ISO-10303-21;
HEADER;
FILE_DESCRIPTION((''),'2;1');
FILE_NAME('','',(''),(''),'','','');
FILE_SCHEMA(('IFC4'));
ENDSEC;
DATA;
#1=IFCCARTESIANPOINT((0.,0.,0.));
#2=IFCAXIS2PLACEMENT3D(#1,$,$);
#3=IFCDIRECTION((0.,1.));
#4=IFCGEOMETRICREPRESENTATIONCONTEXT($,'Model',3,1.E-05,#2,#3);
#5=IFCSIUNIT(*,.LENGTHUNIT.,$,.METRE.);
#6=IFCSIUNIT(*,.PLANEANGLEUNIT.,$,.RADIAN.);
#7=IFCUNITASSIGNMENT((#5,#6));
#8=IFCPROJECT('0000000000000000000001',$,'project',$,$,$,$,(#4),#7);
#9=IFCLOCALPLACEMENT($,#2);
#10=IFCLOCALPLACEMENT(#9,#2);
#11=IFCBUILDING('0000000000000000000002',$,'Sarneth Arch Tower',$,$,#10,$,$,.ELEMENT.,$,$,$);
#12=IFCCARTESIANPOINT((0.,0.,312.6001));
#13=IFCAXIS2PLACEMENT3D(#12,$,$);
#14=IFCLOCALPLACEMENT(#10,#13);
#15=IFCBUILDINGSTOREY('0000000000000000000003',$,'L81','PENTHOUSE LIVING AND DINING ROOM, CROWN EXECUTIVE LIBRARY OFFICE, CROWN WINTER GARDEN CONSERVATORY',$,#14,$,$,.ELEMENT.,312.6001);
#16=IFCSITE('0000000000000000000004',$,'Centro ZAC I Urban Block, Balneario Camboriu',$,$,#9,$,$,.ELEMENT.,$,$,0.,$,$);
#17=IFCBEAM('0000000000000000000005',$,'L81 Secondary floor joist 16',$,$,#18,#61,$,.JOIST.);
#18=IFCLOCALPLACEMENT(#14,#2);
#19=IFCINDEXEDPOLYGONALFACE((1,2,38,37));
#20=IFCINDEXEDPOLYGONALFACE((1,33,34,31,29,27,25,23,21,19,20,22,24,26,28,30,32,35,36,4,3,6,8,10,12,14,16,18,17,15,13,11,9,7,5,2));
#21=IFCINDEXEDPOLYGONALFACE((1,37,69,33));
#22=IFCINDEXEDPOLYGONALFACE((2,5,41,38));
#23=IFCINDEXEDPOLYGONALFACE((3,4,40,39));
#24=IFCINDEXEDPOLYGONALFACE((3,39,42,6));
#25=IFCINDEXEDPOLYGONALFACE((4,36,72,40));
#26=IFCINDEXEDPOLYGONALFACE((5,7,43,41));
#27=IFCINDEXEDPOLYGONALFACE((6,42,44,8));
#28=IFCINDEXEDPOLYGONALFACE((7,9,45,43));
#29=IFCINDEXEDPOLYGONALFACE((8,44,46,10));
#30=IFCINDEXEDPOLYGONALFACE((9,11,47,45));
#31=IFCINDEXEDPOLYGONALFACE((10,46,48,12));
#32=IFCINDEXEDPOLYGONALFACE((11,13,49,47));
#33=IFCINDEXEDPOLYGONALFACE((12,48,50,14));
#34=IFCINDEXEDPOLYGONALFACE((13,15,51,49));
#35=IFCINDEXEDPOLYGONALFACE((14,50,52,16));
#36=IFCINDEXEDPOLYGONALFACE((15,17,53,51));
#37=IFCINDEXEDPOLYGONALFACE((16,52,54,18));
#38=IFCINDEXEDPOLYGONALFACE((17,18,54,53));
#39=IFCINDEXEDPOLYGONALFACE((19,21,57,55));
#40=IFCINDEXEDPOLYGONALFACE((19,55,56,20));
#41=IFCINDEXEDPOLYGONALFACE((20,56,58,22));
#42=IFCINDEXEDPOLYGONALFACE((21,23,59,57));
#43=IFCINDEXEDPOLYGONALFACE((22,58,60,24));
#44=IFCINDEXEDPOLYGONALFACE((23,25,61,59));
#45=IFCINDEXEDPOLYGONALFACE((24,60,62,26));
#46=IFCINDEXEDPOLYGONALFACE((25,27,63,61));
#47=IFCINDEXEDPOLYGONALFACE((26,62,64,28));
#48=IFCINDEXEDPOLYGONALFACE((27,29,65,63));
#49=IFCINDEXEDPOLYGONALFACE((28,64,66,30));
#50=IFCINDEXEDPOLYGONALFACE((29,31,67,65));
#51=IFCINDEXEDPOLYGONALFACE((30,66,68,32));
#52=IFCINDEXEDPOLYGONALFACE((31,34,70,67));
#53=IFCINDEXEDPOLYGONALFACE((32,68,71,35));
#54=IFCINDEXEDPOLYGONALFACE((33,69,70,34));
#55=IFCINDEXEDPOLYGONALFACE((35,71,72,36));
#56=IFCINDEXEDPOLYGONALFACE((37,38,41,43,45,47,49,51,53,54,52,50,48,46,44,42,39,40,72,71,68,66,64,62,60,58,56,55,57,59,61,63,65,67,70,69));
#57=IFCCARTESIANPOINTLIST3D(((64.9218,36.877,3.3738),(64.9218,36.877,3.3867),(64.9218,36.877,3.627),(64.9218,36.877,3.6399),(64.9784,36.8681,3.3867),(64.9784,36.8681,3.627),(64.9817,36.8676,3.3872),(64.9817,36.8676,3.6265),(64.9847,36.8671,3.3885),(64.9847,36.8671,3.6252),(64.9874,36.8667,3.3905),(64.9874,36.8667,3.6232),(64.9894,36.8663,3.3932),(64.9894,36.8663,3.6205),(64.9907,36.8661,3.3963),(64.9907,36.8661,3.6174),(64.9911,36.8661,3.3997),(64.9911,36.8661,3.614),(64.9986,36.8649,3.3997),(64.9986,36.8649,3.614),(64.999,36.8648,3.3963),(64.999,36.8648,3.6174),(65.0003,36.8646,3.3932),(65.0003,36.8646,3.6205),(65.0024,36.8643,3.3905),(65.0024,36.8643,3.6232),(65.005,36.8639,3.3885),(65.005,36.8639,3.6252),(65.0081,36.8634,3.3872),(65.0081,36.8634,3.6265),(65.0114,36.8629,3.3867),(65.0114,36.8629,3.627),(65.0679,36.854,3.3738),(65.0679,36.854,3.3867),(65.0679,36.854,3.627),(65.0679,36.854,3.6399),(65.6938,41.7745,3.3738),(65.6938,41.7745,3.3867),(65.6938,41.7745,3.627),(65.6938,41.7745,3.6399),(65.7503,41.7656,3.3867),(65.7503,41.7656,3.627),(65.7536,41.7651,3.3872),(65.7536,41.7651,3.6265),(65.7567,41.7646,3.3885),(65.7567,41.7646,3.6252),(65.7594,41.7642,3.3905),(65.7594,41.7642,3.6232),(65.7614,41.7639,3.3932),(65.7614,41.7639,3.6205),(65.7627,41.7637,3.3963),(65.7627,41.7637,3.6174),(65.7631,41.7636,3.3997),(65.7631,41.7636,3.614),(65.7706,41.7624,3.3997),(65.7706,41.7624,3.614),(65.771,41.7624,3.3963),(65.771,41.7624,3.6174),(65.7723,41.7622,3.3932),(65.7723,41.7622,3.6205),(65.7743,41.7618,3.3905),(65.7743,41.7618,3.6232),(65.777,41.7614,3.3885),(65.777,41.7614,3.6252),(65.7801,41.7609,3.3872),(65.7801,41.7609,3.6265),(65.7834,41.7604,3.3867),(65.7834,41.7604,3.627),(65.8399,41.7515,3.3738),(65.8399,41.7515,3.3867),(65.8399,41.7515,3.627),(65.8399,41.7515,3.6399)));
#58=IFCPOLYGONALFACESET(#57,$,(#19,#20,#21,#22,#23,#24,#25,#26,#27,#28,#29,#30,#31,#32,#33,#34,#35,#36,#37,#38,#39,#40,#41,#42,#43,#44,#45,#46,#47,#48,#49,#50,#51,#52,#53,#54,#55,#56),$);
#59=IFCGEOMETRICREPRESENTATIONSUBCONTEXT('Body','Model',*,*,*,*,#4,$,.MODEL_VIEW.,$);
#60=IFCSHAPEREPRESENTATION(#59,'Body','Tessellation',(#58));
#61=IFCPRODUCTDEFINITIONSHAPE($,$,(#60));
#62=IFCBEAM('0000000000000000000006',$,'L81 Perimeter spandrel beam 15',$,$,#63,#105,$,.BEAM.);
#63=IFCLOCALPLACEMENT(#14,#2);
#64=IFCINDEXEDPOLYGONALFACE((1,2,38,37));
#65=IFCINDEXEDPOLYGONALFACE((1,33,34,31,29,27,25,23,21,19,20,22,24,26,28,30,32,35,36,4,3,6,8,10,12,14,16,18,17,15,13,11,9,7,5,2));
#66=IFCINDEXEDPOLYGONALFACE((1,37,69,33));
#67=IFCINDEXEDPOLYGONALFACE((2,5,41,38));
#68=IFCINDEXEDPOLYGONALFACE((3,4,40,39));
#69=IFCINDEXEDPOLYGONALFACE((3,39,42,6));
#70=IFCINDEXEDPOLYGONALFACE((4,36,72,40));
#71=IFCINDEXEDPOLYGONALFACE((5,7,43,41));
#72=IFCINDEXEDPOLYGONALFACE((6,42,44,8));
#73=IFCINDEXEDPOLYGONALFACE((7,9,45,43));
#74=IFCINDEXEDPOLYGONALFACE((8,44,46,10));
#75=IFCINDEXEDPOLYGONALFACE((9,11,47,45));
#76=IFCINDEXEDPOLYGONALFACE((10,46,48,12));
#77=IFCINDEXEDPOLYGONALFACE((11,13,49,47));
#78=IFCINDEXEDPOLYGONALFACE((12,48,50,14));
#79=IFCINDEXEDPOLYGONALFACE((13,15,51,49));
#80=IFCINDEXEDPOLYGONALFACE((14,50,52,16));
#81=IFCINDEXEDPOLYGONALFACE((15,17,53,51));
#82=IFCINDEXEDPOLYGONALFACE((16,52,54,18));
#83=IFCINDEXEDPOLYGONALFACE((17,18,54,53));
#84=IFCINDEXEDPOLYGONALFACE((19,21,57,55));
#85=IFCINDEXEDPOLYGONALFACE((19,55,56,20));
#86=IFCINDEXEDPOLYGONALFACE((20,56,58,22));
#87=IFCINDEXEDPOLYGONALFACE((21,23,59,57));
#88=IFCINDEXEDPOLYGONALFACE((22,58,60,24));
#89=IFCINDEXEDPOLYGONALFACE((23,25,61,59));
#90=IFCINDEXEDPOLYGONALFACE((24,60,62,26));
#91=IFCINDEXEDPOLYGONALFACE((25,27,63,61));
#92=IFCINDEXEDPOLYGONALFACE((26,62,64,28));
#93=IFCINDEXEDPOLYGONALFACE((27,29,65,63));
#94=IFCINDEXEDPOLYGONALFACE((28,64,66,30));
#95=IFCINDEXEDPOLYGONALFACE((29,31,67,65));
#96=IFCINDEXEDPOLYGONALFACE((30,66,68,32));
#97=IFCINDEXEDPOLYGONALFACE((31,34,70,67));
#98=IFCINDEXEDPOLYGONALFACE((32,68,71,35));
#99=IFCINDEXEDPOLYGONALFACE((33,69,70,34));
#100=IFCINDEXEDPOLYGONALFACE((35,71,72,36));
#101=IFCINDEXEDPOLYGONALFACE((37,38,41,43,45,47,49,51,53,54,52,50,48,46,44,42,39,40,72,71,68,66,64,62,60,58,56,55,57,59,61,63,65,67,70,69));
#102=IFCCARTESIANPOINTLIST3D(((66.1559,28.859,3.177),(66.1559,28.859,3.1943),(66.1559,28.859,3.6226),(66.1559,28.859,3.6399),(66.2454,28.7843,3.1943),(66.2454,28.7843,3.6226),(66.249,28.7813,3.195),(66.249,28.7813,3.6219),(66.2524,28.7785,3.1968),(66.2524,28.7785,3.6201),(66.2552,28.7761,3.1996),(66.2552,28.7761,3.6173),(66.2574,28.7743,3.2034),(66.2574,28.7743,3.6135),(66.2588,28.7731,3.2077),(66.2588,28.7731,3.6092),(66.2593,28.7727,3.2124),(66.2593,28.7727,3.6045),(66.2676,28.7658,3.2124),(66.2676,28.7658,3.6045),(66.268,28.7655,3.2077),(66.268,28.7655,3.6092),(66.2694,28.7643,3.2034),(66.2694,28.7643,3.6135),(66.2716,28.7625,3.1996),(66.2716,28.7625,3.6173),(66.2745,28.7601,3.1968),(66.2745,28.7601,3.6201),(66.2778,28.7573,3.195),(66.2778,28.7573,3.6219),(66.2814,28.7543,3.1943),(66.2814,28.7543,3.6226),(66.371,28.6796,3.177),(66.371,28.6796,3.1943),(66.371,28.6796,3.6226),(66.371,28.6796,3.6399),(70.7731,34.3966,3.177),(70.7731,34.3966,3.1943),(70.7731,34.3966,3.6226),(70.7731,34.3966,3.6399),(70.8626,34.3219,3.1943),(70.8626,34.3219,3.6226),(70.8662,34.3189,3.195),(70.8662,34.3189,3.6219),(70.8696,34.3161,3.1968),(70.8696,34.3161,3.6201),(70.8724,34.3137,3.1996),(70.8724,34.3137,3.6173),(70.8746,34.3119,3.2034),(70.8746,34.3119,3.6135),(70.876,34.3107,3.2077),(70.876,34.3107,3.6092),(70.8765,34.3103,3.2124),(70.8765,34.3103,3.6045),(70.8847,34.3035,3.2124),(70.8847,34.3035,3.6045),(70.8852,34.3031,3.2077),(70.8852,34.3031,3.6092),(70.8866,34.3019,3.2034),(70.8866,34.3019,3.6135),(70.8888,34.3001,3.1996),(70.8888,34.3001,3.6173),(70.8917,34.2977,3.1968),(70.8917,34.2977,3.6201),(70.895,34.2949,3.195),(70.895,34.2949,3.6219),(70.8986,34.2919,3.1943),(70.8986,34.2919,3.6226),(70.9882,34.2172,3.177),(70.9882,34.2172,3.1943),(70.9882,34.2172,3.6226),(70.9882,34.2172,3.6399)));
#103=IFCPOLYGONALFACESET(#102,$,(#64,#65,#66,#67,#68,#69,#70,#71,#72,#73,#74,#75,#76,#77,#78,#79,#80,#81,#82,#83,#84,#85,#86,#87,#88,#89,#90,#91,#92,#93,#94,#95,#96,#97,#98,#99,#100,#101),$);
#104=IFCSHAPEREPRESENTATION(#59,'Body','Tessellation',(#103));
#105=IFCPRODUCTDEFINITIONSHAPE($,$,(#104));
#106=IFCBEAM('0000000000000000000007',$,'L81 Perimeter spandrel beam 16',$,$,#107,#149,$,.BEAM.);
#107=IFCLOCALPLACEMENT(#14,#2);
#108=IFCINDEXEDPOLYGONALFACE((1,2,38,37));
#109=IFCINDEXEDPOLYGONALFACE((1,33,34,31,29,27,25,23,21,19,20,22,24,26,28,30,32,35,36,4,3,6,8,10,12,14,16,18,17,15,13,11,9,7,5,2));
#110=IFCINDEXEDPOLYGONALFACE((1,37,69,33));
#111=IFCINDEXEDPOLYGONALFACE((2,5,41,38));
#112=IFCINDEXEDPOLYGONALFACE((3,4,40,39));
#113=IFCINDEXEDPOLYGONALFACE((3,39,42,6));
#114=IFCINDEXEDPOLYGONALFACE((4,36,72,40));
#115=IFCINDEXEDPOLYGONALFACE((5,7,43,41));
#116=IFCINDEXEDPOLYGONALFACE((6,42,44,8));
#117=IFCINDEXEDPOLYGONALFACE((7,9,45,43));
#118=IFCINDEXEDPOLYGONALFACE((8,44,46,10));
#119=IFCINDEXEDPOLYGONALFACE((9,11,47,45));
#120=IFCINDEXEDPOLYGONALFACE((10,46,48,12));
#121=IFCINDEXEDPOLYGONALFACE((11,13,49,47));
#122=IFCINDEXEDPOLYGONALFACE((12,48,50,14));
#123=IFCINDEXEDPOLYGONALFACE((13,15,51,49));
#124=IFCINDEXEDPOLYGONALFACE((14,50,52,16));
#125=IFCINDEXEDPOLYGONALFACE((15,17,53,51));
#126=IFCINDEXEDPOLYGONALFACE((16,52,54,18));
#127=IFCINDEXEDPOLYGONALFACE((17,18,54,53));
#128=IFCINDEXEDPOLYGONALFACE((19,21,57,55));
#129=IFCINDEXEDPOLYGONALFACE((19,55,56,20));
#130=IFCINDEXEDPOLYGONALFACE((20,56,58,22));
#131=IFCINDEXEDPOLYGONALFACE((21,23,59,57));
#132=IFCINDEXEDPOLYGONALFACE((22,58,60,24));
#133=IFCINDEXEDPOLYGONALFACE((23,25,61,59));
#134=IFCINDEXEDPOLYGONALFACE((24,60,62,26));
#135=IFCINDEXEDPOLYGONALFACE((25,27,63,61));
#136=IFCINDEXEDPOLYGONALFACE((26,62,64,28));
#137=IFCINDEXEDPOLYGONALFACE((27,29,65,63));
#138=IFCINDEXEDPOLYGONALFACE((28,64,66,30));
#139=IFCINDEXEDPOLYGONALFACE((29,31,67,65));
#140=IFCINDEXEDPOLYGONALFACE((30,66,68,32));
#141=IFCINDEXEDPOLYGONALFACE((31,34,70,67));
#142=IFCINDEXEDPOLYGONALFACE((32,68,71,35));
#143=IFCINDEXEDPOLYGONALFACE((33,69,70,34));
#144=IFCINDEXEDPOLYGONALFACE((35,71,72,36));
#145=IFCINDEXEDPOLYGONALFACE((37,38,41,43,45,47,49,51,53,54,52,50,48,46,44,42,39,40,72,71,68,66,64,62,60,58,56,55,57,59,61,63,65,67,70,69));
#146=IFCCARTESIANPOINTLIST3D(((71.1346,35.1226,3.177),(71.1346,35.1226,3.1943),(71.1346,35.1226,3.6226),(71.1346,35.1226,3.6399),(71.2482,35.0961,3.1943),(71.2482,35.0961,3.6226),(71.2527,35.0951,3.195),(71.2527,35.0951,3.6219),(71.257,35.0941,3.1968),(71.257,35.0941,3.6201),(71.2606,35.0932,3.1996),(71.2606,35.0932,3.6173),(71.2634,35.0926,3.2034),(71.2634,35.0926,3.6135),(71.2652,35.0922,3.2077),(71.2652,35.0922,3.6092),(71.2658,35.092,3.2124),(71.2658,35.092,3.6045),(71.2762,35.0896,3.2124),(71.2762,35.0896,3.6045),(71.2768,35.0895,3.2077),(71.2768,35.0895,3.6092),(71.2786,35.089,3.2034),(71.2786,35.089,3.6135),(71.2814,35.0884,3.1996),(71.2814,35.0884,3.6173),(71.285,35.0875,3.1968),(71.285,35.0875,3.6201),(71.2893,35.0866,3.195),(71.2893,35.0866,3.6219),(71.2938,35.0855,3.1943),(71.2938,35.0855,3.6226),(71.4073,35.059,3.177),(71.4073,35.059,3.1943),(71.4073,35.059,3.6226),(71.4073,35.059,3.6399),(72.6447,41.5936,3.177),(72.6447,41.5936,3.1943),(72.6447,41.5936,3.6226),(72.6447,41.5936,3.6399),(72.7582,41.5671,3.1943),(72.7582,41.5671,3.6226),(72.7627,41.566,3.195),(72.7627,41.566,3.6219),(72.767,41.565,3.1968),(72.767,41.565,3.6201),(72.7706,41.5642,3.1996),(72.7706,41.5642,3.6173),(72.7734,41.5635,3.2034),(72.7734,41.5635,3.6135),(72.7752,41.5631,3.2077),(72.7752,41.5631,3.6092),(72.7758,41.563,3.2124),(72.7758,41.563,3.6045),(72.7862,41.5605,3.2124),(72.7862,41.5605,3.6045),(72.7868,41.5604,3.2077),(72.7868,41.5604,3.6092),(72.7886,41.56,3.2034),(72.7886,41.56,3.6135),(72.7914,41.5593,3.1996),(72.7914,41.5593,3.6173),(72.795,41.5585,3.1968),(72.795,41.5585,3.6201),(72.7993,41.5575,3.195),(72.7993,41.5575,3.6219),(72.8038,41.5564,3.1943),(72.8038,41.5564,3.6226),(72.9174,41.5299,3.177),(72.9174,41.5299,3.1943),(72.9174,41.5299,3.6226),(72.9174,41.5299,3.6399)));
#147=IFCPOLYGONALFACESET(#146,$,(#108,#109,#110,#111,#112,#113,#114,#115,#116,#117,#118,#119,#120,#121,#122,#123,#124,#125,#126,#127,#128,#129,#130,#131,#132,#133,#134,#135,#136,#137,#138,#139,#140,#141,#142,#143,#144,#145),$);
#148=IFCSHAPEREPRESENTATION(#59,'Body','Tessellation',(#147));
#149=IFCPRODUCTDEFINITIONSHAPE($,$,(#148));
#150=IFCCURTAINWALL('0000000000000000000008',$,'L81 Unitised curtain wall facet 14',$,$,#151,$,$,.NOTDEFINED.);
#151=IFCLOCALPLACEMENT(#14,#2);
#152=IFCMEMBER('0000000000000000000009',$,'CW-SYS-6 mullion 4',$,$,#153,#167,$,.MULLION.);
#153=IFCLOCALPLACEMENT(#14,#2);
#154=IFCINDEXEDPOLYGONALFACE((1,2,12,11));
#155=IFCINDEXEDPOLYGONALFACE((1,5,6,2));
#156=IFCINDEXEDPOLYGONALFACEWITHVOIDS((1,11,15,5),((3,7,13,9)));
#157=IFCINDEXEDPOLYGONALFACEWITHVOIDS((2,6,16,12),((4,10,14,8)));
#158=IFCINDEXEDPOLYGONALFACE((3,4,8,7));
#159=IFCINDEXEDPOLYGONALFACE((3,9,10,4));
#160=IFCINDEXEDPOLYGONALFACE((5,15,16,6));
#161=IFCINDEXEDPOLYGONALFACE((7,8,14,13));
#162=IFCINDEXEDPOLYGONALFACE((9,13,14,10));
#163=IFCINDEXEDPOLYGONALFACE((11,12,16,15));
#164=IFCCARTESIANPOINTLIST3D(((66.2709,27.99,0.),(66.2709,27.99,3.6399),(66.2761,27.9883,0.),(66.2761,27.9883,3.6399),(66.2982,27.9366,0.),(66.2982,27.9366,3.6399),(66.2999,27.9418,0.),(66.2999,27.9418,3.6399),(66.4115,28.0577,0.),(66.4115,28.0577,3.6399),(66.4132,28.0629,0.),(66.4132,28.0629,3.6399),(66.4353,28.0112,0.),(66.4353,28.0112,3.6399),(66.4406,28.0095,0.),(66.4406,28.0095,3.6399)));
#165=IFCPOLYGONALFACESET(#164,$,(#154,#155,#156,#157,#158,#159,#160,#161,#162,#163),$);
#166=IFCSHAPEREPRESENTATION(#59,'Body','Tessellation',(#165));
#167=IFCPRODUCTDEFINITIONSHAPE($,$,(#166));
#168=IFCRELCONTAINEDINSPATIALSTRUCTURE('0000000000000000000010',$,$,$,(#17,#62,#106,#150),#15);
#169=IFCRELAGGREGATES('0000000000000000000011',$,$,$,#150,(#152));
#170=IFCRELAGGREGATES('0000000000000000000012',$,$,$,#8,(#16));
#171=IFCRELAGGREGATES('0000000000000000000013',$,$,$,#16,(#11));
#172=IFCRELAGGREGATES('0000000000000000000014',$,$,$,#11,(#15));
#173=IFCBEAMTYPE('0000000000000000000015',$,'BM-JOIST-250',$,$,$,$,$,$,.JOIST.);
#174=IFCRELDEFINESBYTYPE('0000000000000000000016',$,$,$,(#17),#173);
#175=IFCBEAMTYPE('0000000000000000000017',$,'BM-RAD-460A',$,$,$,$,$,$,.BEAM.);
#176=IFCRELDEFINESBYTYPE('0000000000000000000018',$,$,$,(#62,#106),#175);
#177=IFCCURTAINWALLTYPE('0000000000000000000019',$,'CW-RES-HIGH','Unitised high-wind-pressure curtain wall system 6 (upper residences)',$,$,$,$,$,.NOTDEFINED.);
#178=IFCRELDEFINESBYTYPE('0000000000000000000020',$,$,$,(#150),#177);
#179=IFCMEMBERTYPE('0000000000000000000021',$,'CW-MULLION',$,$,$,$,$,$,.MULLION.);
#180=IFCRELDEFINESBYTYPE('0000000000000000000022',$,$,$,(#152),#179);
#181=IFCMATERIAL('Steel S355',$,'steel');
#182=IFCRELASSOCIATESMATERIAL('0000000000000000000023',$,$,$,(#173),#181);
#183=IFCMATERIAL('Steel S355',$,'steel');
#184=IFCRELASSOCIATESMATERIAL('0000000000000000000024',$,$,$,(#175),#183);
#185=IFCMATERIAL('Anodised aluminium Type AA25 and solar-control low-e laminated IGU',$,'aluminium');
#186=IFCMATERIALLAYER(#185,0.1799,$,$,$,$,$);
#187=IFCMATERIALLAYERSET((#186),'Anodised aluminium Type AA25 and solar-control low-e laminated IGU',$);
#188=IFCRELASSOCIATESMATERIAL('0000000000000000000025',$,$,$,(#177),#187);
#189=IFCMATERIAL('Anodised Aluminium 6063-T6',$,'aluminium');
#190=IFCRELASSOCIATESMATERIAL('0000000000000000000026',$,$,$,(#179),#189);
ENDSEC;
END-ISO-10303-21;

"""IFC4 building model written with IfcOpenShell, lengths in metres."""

from ifc_helpers import new_model, si_unit, direction, frame, origin, origin_2d, place, context, subcontext, project, spatial, hollow_rectangle, i_section, extrude, material, layer, layer_set, material_profile, profile_set, type_object, element, aggregate, save


model = new_model("IFC4")

# Units and contexts
model_context = context("Model", 3, precision=1e-05, world=origin(), true_north=direction((0.0, 1.0)))
body_context = subcontext(model_context, "Body", "Model", "MODEL_VIEW")
ifc_project = project(units=[si_unit("LENGTHUNIT", "METRE"), si_unit("PLANEANGLEUNIT", "RADIAN")], contexts=[model_context])

# Site, building, storey
site_placement = place(None, origin())
site = spatial("IfcSite", under=ifc_project, at=site_placement, Name="Centro ZAC I Urban Block, Balneario Camboriu", CompositionType="ELEMENT", RefElevation=0.0)
building_placement = place(site_placement, origin())
building = spatial("IfcBuilding", under=site, at=building_placement, Name="Sarneth Arch Tower", CompositionType="ELEMENT")
storey_placement = place(building_placement, frame((0.0, 0.0, 312.6001)))
storey = spatial("IfcBuildingStorey", under=building, at=storey_placement, Name="L81", Description="PENTHOUSE LIVING AND DINING ROOM, CROWN EXECUTIVE LIBRARY OFFICE, CROWN WINTER GARDEN CONSERVATORY", CompositionType="ELEMENT", Elevation=312.6001)

# Beams
ifc_material_1 = material(Name="Steel S355", Category="steel")
ifc_material_profile_1 = material_profile(ifc_material_1, i_section(OverallWidth=0.1479, OverallDepth=0.2661, WebThickness=0.0076, FlangeThickness=0.0129, FilletRadius=0.0129, at=origin_2d()), Name="W250x44.8")
ifc_profile_set_1 = profile_set([ifc_material_profile_1], Name="Steel S355")
beam_type_1 = type_object("IfcBeamType", Name="BM-JOIST-250", PredefinedType="JOIST", material=ifc_profile_set_1)
beam_1_placement = place(storey_placement, frame((64.9949, 36.8655, 3.5068), z_axis=(0.155705, 0.987804, 0.0), x_axis=(-0.987804, 0.155705, 0.0)))
element("IfcBeam", 1, at=beam_1_placement, inside=storey, type_object=beam_type_1, Name="L81 Secondary floor joist 16", PredefinedType="JOIST", context=body_context, shape_type="SweptSolid", body=[
    extrude(i_section(OverallWidth=0.1479, OverallDepth=0.2661, WebThickness=0.0076, FlangeThickness=0.0129, FilletRadius=0.0129, at=origin_2d()), origin(), (0.0, 0.0, 1.0), 4.958),
])
ifc_material_2 = material(Name="Steel S355", Category="steel")
ifc_material_profile_2 = material_profile(ifc_material_2, i_section(OverallWidth=0.28, OverallDepth=0.4629, WebThickness=0.0107, FlangeThickness=0.0173, FilletRadius=0.0181, at=origin_2d()), Name="W460x113")
ifc_profile_set_2 = profile_set([ifc_material_profile_2], Name="Steel S355")
beam_type_2 = type_object("IfcBeamType", Name="BM-RAD-460A", PredefinedType="BEAM", material=ifc_profile_set_2)
beam_2_placement = place(storey_placement, frame((66.2634, 28.7693, 3.4084), z_axis=(0.640391, 0.768049, 0.0), x_axis=(-0.768049, 0.640391, 0.0)))
element("IfcBeam", 2, at=beam_2_placement, inside=storey, type_object=beam_type_2, Name="L81 Perimeter spandrel beam 15", PredefinedType="BEAM", context=body_context, shape_type="SweptSolid", body=[
    extrude(i_section(OverallWidth=0.28, OverallDepth=0.4629, WebThickness=0.0107, FlangeThickness=0.0173, FilletRadius=0.0181, at=origin_2d()), origin(), (0.0, 0.0, 1.0), 7.21),
])
beam_3_placement = place(storey_placement, frame((71.271, 35.0908, 3.4084), z_axis=(0.227247, 0.973837, 0.0), x_axis=(-0.973837, 0.227247, 0.0)))
element("IfcBeam", 3, at=beam_3_placement, inside=storey, type_object=beam_type_2, Name="L81 Perimeter spandrel beam 16", PredefinedType="BEAM", context=body_context, shape_type="SweptSolid", body=[
    extrude(i_section(OverallWidth=0.28, OverallDepth=0.4629, WebThickness=0.0107, FlangeThickness=0.0173, FilletRadius=0.0181, at=origin_2d()), origin(), (0.0, 0.0, 1.0), 6.6448),
])

# Curtain wall, member
ifc_material_3 = material(Name="Anodised aluminium Type AA25 and solar-control low-e laminated IGU", Category="aluminium")
ifc_layer_1 = layer(ifc_material_3, 0.1799)
ifc_layer_set_1 = layer_set([ifc_layer_1], Name="Anodised aluminium Type AA25 and solar-control low-e laminated IGU")
curtain_wall_type = type_object("IfcCurtainWallType", Name="CW-RES-HIGH", Description="Unitised high-wind-pressure curtain wall system 6 (upper residences)", PredefinedType="NOTDEFINED", material=ifc_layer_set_1)
curtain_wall_placement = place(storey_placement, origin())
curtain_wall = element("IfcCurtainWall", 4, at=curtain_wall_placement, inside=storey, type_object=curtain_wall_type, Name="L81 Unitised curtain wall facet 14", PredefinedType="NOTDEFINED")
ifc_material_4 = material(Name="Anodised Aluminium 6063-T6", Category="aluminium")
ifc_material_profile_3 = material_profile(ifc_material_4, hollow_rectangle(XDim=0.0601, YDim=0.1599, WallThickness=0.0039, at=origin_2d()), Name="AL-MULL-160x60x4")
ifc_profile_set_3 = profile_set([ifc_material_profile_3], Name="Anodised Aluminium 6063-T6")
member_type_1 = type_object("IfcMemberType", Name="CW-MULLION", PredefinedType="MULLION", material=ifc_profile_set_3)
member_1_placement = place(storey_placement, frame((66.3557, 27.9998, 0.0), z_axis=(0.0, 0.0, 1.0), x_axis=(-0.455942, 0.89001, 0.0)))
member_1 = element("IfcMember", 5, at=member_1_placement, type_object=member_type_1, Name="CW-SYS-6 mullion 4", PredefinedType="MULLION", context=body_context, shape_type="SweptSolid", body=[
    extrude(hollow_rectangle(XDim=0.0601, YDim=0.1599, WallThickness=0.0039, at=origin_2d()), origin(), (0.0, 0.0, 1.0), 3.6399),
])

aggregate(curtain_wall, [member_1])

save(model, "model.ifc")
